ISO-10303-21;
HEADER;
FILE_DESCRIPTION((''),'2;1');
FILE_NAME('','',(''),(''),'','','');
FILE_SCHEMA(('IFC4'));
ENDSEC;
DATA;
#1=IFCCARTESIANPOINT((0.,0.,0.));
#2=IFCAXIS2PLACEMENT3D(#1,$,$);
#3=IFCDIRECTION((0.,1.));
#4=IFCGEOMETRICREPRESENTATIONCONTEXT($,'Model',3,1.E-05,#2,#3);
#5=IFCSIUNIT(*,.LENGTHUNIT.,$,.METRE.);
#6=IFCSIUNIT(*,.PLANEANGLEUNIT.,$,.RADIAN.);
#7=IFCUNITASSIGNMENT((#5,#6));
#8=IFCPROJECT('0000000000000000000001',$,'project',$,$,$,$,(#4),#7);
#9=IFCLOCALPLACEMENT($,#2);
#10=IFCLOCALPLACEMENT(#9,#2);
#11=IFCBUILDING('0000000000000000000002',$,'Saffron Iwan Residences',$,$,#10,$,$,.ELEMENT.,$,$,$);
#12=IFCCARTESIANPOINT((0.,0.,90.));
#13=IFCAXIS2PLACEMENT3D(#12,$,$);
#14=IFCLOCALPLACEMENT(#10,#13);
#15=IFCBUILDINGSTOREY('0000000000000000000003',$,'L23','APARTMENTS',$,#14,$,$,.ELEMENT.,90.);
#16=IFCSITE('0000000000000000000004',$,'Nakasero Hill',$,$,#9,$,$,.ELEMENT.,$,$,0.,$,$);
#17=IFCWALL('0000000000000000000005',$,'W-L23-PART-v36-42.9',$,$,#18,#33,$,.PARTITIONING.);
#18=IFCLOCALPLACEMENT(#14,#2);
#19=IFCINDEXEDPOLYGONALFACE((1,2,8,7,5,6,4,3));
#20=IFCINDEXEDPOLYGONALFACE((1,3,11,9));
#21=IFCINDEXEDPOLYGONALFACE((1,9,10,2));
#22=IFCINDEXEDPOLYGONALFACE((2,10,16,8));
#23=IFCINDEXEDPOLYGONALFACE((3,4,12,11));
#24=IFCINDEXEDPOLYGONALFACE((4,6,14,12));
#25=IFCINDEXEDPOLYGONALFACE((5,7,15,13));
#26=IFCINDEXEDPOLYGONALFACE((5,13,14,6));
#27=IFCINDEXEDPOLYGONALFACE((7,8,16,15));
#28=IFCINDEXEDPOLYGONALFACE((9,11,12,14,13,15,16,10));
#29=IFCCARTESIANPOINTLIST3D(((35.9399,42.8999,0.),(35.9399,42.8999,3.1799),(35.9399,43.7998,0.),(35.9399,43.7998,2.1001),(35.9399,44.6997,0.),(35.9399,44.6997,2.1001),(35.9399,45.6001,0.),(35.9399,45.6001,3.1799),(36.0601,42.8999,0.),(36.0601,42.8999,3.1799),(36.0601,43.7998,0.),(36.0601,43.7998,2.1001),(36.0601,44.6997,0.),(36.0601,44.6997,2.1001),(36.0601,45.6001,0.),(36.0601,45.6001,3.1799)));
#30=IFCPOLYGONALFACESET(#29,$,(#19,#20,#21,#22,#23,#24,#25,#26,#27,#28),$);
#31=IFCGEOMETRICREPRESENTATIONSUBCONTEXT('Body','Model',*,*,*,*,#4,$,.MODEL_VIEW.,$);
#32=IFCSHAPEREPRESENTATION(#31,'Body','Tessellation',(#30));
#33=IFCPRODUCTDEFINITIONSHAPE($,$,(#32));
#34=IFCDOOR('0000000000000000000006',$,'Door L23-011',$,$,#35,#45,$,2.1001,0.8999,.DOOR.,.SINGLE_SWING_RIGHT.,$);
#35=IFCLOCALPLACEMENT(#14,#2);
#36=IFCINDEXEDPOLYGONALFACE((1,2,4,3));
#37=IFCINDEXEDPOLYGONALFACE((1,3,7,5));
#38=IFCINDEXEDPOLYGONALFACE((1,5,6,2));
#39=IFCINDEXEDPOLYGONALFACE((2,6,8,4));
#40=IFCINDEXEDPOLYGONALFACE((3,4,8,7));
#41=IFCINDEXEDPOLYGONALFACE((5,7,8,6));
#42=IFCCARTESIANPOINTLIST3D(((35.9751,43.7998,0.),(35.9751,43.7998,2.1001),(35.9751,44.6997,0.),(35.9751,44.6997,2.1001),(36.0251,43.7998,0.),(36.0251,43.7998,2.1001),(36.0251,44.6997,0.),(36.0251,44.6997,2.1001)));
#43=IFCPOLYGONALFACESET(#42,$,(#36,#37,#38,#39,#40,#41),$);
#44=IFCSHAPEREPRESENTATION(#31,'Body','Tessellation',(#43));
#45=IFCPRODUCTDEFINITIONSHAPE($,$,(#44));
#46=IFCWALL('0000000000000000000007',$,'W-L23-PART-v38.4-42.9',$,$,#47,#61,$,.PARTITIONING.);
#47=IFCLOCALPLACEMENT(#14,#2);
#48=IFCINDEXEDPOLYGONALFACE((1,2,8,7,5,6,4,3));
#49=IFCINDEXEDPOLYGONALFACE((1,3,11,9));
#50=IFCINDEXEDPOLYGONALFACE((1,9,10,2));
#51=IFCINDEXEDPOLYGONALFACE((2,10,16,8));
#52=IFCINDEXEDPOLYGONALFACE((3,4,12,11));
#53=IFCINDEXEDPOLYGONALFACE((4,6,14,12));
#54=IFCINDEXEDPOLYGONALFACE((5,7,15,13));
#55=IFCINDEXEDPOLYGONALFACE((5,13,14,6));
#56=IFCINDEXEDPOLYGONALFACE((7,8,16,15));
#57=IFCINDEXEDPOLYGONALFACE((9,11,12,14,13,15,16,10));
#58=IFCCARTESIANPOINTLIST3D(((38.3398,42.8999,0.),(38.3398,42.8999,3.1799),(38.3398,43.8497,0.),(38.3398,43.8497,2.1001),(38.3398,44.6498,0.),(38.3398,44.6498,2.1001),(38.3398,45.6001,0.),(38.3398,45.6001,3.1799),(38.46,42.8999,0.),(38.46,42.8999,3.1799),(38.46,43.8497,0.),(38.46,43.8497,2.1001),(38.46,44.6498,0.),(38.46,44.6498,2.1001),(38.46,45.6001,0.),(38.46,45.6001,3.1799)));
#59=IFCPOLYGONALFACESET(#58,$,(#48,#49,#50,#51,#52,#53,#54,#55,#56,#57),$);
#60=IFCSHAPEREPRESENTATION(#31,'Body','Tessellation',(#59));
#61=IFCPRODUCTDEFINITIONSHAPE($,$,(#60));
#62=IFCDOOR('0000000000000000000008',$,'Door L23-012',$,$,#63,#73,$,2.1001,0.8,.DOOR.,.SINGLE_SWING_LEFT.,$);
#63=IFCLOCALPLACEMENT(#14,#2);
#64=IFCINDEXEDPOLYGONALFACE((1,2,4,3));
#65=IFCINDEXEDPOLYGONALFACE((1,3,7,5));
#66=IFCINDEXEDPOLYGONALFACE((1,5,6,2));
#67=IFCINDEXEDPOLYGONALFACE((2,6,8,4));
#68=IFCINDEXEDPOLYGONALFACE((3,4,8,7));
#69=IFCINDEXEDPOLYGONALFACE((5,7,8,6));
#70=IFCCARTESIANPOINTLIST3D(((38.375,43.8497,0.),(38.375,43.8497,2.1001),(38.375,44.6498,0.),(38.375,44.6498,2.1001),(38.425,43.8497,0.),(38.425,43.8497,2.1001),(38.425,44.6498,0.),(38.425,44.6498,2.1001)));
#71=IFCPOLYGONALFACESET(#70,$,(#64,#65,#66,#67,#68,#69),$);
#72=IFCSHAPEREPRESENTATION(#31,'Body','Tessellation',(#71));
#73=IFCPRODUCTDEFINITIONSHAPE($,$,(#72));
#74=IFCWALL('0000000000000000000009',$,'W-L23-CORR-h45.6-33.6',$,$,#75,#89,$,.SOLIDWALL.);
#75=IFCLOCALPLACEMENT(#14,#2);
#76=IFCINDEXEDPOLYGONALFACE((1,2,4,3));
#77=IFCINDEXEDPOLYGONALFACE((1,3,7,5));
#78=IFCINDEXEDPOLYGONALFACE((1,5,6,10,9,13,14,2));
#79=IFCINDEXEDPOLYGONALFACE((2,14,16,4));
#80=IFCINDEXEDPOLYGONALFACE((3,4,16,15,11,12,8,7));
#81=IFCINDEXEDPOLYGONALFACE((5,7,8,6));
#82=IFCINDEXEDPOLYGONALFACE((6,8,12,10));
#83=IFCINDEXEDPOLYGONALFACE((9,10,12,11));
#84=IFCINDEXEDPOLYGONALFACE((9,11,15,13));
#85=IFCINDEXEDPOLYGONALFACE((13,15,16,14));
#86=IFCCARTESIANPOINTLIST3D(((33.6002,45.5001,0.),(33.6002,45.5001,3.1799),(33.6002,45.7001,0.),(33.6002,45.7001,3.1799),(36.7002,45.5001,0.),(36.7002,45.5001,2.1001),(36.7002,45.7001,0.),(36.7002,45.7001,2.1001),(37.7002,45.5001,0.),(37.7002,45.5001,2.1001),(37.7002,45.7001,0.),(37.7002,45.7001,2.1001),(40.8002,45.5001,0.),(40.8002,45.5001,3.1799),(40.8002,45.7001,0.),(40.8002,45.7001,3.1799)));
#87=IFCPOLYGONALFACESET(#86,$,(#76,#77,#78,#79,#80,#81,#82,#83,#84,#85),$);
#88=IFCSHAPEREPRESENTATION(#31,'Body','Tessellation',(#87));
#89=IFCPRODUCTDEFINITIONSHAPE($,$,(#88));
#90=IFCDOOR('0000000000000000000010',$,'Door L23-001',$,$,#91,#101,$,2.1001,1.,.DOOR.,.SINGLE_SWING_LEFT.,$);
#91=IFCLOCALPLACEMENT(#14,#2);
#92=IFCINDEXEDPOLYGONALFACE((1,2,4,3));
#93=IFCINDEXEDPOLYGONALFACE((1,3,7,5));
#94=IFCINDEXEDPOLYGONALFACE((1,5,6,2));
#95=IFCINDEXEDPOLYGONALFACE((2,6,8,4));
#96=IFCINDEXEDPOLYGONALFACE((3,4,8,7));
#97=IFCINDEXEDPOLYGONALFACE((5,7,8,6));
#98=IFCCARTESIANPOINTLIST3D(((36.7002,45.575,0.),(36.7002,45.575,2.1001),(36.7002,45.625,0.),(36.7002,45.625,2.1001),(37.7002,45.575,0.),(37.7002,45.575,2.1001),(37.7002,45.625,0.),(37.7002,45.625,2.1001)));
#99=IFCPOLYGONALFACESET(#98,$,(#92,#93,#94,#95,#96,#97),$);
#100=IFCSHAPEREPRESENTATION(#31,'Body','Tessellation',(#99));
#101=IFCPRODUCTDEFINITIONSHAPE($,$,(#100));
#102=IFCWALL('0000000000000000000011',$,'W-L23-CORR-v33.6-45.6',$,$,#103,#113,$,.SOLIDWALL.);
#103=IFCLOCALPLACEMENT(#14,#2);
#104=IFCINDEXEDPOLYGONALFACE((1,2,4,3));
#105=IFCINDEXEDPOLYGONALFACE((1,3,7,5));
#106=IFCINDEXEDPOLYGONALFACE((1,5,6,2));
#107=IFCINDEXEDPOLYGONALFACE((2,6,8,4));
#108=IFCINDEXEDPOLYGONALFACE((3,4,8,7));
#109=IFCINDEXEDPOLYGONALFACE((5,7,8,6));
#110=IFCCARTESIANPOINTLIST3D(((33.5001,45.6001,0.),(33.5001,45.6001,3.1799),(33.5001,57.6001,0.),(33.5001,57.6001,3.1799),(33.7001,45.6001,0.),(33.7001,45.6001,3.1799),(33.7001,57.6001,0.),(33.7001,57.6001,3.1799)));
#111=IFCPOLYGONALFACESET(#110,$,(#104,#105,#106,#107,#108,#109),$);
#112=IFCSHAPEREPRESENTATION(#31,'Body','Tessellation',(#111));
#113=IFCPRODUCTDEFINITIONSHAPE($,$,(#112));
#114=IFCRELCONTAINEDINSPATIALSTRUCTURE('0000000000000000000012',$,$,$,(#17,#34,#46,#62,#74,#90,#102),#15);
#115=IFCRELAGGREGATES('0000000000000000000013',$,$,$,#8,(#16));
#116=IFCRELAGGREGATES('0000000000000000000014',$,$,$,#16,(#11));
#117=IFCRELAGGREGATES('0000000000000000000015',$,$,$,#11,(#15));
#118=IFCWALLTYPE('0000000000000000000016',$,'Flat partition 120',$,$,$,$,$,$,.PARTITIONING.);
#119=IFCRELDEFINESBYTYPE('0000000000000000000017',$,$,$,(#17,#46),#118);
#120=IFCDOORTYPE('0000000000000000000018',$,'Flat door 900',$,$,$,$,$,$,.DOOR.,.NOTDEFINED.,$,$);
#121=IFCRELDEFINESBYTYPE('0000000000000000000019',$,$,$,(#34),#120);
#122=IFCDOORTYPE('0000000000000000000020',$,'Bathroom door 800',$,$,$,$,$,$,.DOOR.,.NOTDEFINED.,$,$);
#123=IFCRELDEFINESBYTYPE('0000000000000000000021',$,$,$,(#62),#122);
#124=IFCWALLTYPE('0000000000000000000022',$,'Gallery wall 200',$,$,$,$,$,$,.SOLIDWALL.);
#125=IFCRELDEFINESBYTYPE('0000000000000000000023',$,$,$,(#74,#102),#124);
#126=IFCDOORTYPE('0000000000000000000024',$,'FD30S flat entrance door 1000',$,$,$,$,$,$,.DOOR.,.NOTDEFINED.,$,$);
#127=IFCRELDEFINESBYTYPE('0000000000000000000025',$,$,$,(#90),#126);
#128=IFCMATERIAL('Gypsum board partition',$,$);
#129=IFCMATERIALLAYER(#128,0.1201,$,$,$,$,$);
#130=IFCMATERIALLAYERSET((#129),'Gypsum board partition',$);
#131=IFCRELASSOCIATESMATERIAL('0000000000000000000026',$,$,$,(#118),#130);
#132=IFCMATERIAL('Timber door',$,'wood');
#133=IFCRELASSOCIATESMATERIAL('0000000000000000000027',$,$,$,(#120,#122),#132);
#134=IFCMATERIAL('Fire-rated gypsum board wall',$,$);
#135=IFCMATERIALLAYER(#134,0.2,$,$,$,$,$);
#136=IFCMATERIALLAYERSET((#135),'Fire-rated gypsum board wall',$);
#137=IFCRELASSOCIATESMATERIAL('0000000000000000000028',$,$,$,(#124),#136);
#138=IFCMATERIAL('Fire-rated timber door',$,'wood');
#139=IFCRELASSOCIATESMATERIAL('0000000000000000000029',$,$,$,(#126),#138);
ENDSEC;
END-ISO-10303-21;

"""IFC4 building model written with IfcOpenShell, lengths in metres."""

from ifc_helpers import new_model, si_unit, direction, frame, frame_2d, origin, place, context, subcontext, project, spatial, rectangle, extrude, material, layer, layer_set, type_object, element, fill, save


model = new_model("IFC4")

# Units and contexts
model_context = context("Model", 3, precision=1e-05, world=origin(), true_north=direction((0.0, 1.0)))
body_context = subcontext(model_context, "Body", "Model", "MODEL_VIEW")
ifc_project = project(units=[si_unit("LENGTHUNIT", "METRE"), si_unit("PLANEANGLEUNIT", "RADIAN")], contexts=[model_context])

# Site, building, storey
site_placement = place(None, origin())
site = spatial("IfcSite", under=ifc_project, at=site_placement, Name="Nakasero Hill", CompositionType="ELEMENT", RefElevation=0.0)
building_placement = place(site_placement, origin())
building = spatial("IfcBuilding", under=site, at=building_placement, Name="Saffron Iwan Residences", CompositionType="ELEMENT")
storey_placement = place(building_placement, frame((0.0, 0.0, 90.0)))
storey = spatial("IfcBuildingStorey", under=building, at=storey_placement, Name="L23", Description="APARTMENTS", CompositionType="ELEMENT", Elevation=90.0)

# Shared definitions
ifc_material_1 = material(Name="Gypsum board partition")
ifc_layer_1 = layer(ifc_material_1, 0.1201)
ifc_layer_set_1 = layer_set([ifc_layer_1], Name="Gypsum board partition")
wall_type_1 = type_object("IfcWallType", Name="Flat partition 120", PredefinedType="PARTITIONING", material=ifc_layer_set_1)

# Shared definitions
ifc_material_2 = material(Name="Timber door", Category="wood")
door_type_1 = type_object("IfcDoorType", Name="Flat door 900", OperationType="NOTDEFINED", PredefinedType="DOOR", material=ifc_material_2)

# Walls, openings, doors
wall_1_placement = place(storey_placement, frame((36.0, 42.8999, 0.0), z_axis=(0.0, 0.0, 1.0), x_axis=(0.0, 1.0, 0.0)))
wall_1 = element("IfcWall", 1, at=wall_1_placement, inside=storey, type_object=wall_type_1, Name="W-L23-PART-v36-42.9", PredefinedType="PARTITIONING", context=body_context, shape_type="SweptSolid", body=[
    extrude(rectangle(XDim=2.7002, YDim=0.1201, at=frame_2d((1.3501, 0.0))), origin(), (0.0, 0.0, 1.0), 3.1799),
])
opening_1_placement = place(wall_1_placement, frame((0.8999, 0.0, 0.0)))
opening_1 = element("IfcOpeningElement", 2, at=opening_1_placement, cuts=wall_1, PredefinedType="OPENING", context=body_context, shape_type="SweptSolid", body=[
    extrude(rectangle(XDim=0.8999, YDim=2.1001, at=frame_2d((0.45, 1.05))), frame((0.0, 0.0701, 0.0), z_axis=(0.0, -1.0, 0.0), x_axis=(1.0, 0.0, 0.0)), (0.0, 0.0, 1.0), 0.1401),
])
door_1_placement = place(opening_1_placement, origin())
door_1 = element("IfcDoor", 3, at=door_1_placement, inside=storey, type_object=door_type_1, Name="Door L23-011", OperationType="SINGLE_SWING_RIGHT", OverallHeight=2.1001, OverallWidth=0.8999, PredefinedType="DOOR", context=body_context, shape_type="SweptSolid", body=[
    extrude(rectangle(XDim=0.8999, YDim=2.1001, at=frame_2d((0.45, 1.05))), frame((0.0, 0.0249, 0.0), z_axis=(0.0, -1.0, 0.0), x_axis=(1.0, 0.0, 0.0)), (0.0, 0.0, 1.0), 0.05),
])
fill(opening_1, door_1)
wall_2_placement = place(storey_placement, frame((38.3999, 42.8999, 0.0), z_axis=(0.0, 0.0, 1.0), x_axis=(0.0, 1.0, 0.0)))
wall_2 = element("IfcWall", 4, at=wall_2_placement, inside=storey, type_object=wall_type_1, Name="W-L23-PART-v38.4-42.9", PredefinedType="PARTITIONING", context=body_context, shape_type="SweptSolid", body=[
    extrude(rectangle(XDim=2.7002, YDim=0.1201, at=frame_2d((1.3501, 0.0))), origin(), (0.0, 0.0, 1.0), 3.1799),
])
opening_2_placement = place(wall_2_placement, frame((0.95, 0.0, 0.0)))
opening_2 = element("IfcOpeningElement", 5, at=opening_2_placement, cuts=wall_2, PredefinedType="OPENING", context=body_context, shape_type="SweptSolid", body=[
    extrude(rectangle(XDim=0.8, YDim=2.1001, at=frame_2d((0.3999, 1.05))), frame((0.0, 0.0701, 0.0), z_axis=(0.0, -1.0, 0.0), x_axis=(1.0, 0.0, 0.0)), (0.0, 0.0, 1.0), 0.1401),
])
door_type_2 = type_object("IfcDoorType", Name="Bathroom door 800", OperationType="NOTDEFINED", PredefinedType="DOOR", material=ifc_material_2)
door_2_placement = place(opening_2_placement, origin())
door_2 = element("IfcDoor", 6, at=door_2_placement, inside=storey, type_object=door_type_2, Name="Door L23-012", OperationType="SINGLE_SWING_LEFT", OverallHeight=2.1001, OverallWidth=0.8, PredefinedType="DOOR", context=body_context, shape_type="SweptSolid", body=[
    extrude(rectangle(XDim=0.8, YDim=2.1001, at=frame_2d((0.3999, 1.05))), frame((0.0, 0.0249, 0.0), z_axis=(0.0, -1.0, 0.0), x_axis=(1.0, 0.0, 0.0)), (0.0, 0.0, 1.0), 0.05),
])
fill(opening_2, door_2)
ifc_material_3 = material(Name="Fire-rated gypsum board wall")
ifc_layer_2 = layer(ifc_material_3, 0.2)
ifc_layer_set_2 = layer_set([ifc_layer_2], Name="Fire-rated gypsum board wall")
wall_type_2 = type_object("IfcWallType", Name="Gallery wall 200", PredefinedType="SOLIDWALL", material=ifc_layer_set_2)
wall_3_placement = place(storey_placement, frame((33.6001, 45.6001, 0.0), z_axis=(0.0, 0.0, 1.0), x_axis=(1.0, 0.0, 0.0)))
wall_3 = element("IfcWall", 7, at=wall_3_placement, inside=storey, type_object=wall_type_2, Name="W-L23-CORR-h45.6-33.6", PredefinedType="SOLIDWALL", context=body_context, shape_type="SweptSolid", body=[
    extrude(rectangle(XDim=7.2, YDim=0.2, at=frame_2d((3.6001, 0.0))), origin(), (0.0, 0.0, 1.0), 3.1799),
])
opening_3_placement = place(wall_3_placement, frame((3.1001, 0.0, 0.0)))
opening_3 = element("IfcOpeningElement", 8, at=opening_3_placement, cuts=wall_3, PredefinedType="OPENING", context=body_context, shape_type="SweptSolid", body=[
    extrude(rectangle(XDim=1.0, YDim=2.1001, at=frame_2d((0.5, 1.05))), frame((0.0, 0.1099, 0.0), z_axis=(0.0, -1.0, 0.0), x_axis=(1.0, 0.0, 0.0)), (0.0, 0.0, 1.0), 0.22),
])
ifc_material_4 = material(Name="Fire-rated timber door", Category="wood")
door_type_3 = type_object("IfcDoorType", Name="FD30S flat entrance door 1000", OperationType="NOTDEFINED", PredefinedType="DOOR", material=ifc_material_4)
door_3_placement = place(opening_3_placement, origin())
door_3 = element("IfcDoor", 9, at=door_3_placement, inside=storey, type_object=door_type_3, Name="Door L23-001", OperationType="SINGLE_SWING_LEFT", OverallHeight=2.1001, OverallWidth=1.0, PredefinedType="DOOR", context=body_context, shape_type="SweptSolid", body=[
    extrude(rectangle(XDim=1.0, YDim=2.1001, at=frame_2d((0.5, 1.05))), frame((0.0, 0.0249, 0.0), z_axis=(0.0, -1.0, 0.0), x_axis=(1.0, 0.0, 0.0)), (0.0, 0.0, 1.0), 0.05),
])
fill(opening_3, door_3)

# Wall
wall_4_placement = place(storey_placement, frame((33.6001, 45.6001, 0.0), z_axis=(0.0, 0.0, 1.0), x_axis=(0.0, 1.0, 0.0)))
element("IfcWall", 10, at=wall_4_placement, inside=storey, type_object=wall_type_2, Name="W-L23-CORR-v33.6-45.6", PredefinedType="SOLIDWALL", context=body_context, shape_type="SweptSolid", body=[
    extrude(rectangle(XDim=12.0, YDim=0.2, at=frame_2d((6.0, 0.0))), origin(), (0.0, 0.0, 1.0), 3.1799),
])

save(model, "model.ifc")
